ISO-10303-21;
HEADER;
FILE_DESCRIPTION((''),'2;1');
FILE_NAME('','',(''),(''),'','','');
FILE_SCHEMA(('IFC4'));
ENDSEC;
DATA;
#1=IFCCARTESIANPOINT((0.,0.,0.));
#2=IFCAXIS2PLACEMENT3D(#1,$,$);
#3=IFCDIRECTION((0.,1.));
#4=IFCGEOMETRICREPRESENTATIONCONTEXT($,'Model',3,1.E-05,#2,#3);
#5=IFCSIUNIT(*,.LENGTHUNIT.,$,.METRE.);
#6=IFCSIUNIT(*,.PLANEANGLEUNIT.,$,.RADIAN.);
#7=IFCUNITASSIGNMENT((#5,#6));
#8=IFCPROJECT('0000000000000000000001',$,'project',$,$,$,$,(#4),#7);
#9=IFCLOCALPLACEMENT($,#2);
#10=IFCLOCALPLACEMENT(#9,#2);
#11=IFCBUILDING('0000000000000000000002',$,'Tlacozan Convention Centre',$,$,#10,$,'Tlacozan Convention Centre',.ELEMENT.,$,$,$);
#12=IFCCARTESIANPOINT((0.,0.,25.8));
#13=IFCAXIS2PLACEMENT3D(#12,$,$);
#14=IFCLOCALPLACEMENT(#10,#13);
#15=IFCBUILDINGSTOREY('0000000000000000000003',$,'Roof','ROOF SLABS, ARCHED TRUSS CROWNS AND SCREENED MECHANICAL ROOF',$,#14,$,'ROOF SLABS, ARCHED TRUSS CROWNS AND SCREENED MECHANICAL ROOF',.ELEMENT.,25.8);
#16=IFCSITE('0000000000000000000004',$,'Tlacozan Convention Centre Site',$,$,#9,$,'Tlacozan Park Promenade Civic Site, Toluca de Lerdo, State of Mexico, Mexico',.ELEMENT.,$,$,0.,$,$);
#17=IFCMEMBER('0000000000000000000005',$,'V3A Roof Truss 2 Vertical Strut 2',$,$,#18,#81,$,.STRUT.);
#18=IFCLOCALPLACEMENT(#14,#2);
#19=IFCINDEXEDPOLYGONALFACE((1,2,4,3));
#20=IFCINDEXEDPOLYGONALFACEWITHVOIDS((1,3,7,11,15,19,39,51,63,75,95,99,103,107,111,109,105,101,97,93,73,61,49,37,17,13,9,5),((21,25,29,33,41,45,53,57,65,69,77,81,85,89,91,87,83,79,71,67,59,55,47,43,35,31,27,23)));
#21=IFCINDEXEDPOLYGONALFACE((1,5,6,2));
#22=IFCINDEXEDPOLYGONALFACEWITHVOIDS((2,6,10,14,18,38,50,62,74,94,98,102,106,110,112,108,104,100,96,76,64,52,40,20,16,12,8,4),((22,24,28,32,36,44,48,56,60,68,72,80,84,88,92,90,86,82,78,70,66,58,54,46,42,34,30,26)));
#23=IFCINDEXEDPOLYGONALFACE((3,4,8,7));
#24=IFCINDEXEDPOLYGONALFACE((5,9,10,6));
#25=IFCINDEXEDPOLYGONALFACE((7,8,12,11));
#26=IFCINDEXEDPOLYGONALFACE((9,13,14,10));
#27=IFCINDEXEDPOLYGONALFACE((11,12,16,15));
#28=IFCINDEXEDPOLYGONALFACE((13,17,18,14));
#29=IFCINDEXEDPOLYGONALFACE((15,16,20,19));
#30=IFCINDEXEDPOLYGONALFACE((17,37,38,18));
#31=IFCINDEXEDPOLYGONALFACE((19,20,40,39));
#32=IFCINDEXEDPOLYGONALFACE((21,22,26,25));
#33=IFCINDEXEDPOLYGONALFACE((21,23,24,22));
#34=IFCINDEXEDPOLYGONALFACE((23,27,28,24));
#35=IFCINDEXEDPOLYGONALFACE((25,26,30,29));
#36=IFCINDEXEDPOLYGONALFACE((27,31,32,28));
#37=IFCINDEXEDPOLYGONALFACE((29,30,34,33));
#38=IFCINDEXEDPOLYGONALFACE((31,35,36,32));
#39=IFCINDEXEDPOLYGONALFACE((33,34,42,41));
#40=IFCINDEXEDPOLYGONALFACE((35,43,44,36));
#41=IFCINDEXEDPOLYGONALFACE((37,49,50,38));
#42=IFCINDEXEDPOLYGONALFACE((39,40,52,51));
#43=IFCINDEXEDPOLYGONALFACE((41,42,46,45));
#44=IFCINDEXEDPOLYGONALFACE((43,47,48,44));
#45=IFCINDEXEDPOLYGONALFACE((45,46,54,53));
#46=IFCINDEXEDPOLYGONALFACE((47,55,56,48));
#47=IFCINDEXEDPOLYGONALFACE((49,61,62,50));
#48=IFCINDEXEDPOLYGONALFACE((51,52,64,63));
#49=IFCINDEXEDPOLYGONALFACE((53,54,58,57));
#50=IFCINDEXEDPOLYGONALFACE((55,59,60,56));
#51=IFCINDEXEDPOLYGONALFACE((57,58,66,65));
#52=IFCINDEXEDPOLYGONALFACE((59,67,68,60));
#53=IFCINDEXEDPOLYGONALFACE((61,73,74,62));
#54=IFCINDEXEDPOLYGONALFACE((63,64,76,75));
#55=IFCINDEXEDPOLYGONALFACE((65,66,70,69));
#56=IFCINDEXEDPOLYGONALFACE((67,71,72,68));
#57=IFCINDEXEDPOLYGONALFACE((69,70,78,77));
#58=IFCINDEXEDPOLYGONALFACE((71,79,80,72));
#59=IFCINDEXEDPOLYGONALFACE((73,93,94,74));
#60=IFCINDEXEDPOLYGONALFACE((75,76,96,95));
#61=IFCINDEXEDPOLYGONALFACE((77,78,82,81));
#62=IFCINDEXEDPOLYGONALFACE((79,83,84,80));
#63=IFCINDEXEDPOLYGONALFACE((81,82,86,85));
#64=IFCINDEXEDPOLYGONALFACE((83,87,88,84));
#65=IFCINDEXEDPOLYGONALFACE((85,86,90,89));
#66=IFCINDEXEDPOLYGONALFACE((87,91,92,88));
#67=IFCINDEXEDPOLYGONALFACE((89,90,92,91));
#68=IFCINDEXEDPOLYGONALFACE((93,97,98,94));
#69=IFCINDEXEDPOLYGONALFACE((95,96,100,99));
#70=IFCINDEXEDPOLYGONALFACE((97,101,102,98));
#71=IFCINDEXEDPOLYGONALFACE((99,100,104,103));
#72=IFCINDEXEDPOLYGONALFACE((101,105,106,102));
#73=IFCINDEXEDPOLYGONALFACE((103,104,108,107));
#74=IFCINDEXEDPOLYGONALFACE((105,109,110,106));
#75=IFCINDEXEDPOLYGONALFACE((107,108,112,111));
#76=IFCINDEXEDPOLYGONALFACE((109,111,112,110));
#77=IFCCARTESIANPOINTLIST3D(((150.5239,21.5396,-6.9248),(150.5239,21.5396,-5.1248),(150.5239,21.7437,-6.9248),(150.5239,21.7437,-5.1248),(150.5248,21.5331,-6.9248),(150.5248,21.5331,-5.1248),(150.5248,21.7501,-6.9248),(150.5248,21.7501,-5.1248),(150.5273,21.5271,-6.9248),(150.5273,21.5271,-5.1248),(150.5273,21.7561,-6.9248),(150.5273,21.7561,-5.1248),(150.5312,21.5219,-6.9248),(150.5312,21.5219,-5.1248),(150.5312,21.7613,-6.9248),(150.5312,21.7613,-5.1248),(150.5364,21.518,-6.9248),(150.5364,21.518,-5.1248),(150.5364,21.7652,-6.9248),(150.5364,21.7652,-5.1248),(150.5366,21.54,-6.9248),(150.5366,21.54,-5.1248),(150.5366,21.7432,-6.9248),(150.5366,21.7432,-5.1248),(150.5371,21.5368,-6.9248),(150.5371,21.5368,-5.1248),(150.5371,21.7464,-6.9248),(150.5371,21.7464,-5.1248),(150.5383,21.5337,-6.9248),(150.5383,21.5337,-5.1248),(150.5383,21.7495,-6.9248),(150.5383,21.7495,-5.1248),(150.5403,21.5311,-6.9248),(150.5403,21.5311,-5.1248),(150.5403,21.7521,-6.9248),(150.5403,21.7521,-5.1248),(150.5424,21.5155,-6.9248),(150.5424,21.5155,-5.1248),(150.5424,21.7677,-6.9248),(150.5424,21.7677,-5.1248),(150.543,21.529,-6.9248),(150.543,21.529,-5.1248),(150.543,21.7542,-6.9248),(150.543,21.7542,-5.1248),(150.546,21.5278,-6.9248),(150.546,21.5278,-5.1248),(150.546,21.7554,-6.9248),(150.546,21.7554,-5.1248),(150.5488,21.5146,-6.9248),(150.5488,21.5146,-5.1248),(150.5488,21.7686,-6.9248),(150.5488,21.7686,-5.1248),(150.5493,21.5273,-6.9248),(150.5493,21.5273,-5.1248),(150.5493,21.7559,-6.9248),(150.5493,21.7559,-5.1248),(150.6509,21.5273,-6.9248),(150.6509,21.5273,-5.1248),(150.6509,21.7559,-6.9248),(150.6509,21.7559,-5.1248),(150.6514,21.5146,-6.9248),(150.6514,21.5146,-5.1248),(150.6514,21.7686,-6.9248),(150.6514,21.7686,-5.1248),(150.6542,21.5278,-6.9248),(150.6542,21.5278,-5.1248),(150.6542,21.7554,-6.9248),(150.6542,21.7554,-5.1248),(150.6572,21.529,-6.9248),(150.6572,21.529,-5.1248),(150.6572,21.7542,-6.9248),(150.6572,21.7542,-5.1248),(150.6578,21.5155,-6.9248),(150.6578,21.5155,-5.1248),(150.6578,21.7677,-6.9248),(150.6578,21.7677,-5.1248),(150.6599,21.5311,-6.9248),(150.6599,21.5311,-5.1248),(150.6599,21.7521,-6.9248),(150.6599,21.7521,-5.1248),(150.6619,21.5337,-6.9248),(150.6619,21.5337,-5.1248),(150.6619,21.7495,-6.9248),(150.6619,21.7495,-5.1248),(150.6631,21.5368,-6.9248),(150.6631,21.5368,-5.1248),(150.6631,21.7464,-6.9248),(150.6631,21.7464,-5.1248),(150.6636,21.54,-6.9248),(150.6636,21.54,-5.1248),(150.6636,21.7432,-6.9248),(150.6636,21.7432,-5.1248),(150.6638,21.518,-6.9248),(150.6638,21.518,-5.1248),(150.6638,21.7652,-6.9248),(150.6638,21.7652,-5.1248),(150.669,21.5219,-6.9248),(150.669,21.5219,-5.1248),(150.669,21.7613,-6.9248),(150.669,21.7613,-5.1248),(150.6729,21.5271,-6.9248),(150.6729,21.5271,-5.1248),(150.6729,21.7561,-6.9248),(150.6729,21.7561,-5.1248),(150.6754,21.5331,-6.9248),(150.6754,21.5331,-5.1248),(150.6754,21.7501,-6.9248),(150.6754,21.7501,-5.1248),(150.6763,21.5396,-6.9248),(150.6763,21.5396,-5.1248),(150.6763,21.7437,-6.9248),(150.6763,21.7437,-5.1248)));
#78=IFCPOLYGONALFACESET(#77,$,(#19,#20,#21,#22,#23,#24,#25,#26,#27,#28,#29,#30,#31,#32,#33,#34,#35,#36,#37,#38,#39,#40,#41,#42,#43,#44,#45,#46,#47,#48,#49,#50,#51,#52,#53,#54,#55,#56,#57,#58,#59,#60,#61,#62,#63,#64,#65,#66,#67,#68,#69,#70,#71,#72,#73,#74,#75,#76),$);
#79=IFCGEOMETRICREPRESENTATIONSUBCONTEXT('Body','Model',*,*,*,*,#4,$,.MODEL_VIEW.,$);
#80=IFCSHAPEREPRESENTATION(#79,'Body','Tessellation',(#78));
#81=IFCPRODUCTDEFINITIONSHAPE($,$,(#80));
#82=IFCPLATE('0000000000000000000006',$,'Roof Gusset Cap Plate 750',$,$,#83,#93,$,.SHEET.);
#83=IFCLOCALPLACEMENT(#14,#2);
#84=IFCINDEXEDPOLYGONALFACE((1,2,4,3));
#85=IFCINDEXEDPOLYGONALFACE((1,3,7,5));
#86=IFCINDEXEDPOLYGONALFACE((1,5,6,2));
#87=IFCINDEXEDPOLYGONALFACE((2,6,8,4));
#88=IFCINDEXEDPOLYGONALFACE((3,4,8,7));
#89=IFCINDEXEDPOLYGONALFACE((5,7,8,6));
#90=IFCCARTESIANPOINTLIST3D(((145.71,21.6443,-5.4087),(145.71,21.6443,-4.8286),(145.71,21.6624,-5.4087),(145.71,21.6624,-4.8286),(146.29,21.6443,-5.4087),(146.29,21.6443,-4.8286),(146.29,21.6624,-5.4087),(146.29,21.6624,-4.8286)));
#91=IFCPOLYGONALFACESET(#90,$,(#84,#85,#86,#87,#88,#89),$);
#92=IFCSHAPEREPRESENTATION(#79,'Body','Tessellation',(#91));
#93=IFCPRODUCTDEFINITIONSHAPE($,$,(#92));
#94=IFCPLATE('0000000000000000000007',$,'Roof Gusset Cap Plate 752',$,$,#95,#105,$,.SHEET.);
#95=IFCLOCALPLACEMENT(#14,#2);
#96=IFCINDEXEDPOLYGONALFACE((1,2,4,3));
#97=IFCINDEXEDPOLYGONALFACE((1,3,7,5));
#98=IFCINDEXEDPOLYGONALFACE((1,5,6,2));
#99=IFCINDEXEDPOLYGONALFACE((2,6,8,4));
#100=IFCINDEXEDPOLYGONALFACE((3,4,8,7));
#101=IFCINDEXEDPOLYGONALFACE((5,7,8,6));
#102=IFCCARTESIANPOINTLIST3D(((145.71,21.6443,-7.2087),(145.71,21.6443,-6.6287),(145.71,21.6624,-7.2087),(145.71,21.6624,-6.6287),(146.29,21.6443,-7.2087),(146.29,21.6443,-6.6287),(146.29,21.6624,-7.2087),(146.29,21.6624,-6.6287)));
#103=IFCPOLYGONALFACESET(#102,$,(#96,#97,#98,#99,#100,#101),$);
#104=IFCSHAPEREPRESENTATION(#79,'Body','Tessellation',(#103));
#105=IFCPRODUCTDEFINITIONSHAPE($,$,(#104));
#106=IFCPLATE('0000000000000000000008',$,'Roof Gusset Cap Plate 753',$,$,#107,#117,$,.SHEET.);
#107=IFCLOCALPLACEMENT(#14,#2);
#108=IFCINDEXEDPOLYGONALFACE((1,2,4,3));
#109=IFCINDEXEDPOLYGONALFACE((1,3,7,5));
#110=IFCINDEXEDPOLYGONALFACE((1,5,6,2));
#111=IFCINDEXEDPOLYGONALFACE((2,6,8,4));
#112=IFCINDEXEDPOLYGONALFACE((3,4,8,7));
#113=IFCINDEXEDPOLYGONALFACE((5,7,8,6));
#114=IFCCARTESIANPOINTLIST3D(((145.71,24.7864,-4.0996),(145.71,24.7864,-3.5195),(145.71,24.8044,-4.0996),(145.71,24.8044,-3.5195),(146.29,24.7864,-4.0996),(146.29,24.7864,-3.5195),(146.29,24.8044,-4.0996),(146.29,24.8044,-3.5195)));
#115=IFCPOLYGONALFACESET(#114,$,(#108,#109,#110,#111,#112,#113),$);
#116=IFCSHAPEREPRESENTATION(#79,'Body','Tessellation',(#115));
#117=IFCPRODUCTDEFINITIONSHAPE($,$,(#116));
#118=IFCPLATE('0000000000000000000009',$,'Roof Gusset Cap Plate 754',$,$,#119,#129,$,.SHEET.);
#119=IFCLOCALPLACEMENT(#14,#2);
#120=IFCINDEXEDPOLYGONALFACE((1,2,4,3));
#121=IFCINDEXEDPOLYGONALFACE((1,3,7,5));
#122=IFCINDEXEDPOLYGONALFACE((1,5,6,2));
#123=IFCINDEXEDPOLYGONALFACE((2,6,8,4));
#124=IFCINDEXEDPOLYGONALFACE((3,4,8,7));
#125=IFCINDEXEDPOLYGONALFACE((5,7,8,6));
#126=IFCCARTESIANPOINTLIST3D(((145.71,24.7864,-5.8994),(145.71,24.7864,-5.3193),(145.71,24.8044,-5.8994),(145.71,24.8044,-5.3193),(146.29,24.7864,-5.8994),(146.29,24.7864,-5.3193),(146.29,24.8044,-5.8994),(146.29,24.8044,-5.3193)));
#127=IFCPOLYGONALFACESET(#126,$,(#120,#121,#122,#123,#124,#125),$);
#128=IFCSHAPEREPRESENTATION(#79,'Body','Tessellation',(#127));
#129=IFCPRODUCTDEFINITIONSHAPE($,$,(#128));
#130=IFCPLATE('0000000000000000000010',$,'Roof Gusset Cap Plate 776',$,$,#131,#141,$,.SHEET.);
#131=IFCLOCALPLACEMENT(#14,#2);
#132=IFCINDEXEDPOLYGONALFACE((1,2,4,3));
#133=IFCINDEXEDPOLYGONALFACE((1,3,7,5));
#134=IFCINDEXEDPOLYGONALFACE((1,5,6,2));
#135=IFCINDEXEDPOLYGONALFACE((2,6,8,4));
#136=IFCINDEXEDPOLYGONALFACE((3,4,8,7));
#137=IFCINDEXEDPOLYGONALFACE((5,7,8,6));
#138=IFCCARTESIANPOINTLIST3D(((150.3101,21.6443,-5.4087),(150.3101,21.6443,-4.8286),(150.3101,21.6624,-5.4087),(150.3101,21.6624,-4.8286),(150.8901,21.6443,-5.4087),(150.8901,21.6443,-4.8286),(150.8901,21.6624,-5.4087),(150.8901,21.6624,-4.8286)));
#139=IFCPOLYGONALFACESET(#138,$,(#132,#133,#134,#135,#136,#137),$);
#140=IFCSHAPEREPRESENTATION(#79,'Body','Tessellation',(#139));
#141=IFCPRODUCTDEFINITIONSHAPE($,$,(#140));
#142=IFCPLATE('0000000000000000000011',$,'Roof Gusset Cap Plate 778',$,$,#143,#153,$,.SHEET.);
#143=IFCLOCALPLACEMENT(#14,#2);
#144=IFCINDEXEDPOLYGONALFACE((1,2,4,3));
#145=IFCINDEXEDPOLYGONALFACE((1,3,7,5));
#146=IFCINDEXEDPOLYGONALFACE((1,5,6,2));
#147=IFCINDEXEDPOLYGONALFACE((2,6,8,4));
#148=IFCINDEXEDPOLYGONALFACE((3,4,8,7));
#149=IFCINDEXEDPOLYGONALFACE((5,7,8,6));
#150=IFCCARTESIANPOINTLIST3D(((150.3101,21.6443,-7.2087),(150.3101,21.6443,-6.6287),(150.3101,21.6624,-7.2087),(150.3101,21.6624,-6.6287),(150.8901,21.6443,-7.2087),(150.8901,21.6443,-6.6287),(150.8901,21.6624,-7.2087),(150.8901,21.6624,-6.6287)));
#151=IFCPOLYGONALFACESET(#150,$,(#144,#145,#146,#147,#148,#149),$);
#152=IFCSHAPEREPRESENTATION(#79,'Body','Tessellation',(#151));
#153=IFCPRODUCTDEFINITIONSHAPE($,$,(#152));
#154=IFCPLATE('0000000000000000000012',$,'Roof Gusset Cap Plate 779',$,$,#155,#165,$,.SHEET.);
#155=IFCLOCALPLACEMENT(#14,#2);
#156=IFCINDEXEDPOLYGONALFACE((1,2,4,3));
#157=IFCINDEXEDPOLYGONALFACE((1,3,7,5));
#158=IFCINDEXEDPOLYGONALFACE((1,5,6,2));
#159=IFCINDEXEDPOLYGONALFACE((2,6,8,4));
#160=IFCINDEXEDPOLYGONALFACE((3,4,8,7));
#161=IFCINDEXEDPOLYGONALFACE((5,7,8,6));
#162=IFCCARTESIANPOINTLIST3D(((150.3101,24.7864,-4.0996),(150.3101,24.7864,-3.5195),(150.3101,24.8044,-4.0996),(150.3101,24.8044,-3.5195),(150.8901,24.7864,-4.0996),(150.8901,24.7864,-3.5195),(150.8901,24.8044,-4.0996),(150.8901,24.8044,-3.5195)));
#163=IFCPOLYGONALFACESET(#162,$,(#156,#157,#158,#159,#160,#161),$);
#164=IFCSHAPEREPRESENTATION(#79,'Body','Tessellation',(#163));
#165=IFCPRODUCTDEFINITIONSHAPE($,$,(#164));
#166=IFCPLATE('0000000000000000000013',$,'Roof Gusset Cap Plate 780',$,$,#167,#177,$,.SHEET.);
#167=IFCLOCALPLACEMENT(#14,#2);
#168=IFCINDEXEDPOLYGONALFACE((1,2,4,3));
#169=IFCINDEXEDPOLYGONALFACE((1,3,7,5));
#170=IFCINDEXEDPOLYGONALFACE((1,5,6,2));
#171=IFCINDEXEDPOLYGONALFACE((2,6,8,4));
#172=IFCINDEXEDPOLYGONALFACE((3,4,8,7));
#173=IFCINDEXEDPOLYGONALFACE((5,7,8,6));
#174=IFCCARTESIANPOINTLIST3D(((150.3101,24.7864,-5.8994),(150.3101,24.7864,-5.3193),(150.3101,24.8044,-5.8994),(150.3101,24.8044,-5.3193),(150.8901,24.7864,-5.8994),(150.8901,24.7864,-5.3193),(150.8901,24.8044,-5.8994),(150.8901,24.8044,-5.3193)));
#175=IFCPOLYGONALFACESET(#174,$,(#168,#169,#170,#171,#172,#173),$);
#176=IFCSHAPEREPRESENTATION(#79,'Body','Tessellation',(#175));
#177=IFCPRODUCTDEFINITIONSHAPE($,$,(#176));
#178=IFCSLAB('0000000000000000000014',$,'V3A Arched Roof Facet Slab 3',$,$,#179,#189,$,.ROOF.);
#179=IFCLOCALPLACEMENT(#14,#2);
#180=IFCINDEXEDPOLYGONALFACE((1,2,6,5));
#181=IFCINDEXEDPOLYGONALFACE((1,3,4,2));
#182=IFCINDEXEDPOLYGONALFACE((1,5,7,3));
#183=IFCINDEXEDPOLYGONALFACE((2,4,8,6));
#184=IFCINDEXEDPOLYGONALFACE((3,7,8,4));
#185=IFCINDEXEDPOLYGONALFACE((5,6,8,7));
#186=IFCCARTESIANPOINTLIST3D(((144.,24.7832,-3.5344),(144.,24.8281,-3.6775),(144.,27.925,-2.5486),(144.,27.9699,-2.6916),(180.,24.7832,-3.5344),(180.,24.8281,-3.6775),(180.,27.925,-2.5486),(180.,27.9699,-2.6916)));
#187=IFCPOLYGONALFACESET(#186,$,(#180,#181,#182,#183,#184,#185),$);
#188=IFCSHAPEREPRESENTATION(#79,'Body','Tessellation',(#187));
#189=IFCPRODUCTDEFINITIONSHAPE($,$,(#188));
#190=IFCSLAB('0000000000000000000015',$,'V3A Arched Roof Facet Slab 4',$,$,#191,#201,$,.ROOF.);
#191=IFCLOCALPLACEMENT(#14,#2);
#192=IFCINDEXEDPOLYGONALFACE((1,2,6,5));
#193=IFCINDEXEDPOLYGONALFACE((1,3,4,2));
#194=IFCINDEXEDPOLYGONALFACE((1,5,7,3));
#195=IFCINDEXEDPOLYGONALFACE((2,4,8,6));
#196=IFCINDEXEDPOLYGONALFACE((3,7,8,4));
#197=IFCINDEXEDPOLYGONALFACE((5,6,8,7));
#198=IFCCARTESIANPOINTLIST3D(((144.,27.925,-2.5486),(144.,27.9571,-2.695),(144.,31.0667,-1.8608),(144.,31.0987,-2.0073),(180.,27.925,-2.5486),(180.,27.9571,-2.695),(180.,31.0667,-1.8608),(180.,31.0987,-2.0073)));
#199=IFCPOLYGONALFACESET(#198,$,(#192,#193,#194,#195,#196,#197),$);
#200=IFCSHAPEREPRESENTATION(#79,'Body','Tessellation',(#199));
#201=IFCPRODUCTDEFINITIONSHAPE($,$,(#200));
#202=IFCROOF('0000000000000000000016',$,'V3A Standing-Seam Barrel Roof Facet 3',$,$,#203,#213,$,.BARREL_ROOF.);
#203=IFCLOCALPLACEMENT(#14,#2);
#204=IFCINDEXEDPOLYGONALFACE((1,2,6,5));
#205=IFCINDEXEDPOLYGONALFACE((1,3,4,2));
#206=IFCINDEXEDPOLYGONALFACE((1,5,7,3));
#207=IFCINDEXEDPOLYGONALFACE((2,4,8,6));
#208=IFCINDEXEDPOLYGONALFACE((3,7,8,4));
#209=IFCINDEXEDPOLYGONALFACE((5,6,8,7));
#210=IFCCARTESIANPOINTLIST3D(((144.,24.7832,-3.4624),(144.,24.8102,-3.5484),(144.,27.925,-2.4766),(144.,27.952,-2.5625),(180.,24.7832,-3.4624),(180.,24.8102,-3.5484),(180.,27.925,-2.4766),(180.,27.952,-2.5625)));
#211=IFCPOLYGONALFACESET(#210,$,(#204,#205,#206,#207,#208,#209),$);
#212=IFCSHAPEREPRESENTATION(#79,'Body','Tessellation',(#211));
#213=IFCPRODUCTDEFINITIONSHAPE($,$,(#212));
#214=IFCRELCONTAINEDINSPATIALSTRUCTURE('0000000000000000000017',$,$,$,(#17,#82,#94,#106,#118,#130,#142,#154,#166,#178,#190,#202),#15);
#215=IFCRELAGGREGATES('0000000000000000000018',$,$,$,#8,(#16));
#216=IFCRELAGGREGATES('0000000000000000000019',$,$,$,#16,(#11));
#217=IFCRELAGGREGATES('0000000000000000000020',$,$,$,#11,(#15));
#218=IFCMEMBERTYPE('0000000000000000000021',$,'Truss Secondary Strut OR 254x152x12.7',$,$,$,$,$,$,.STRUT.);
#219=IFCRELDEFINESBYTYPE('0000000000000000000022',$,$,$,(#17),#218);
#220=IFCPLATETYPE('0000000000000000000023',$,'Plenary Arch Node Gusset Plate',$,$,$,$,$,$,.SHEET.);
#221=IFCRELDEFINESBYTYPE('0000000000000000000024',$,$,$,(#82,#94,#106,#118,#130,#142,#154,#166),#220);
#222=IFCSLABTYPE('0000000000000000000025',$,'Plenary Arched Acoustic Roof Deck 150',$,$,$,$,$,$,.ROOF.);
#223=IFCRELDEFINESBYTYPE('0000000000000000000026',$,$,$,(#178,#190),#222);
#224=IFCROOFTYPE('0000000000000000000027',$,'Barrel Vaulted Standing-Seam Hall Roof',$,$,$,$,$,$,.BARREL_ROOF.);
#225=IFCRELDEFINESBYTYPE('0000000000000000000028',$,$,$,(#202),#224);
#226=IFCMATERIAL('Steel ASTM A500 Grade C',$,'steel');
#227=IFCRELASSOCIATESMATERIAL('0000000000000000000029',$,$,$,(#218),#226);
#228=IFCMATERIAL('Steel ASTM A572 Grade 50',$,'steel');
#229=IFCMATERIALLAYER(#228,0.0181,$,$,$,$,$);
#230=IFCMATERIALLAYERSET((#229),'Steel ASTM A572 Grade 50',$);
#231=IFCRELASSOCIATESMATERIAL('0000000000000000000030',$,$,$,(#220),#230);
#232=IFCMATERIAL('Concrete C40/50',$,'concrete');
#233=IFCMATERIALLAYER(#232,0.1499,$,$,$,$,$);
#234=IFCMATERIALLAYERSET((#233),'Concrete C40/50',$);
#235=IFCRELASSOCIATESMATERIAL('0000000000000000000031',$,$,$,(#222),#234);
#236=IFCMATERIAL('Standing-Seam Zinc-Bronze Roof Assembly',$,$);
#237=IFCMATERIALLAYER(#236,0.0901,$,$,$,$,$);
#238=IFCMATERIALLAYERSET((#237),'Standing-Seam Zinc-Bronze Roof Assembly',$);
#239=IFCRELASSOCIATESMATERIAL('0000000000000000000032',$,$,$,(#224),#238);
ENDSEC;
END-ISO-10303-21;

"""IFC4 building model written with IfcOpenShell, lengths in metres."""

from ifc_helpers import new_model, si_unit, direction, frame, origin, origin_2d, place, context, subcontext, project, spatial, polyline, rectangle, hollow_rectangle, outline, extrude, material, layer, layer_set, material_profile, profile_set, type_object, element, save


model = new_model("IFC4")

# Units and contexts
model_context = context("Model", 3, precision=1e-05, world=origin(), true_north=direction((0.0, 1.0)))
body_context = subcontext(model_context, "Body", "Model", "MODEL_VIEW")
ifc_project = project(units=[si_unit("LENGTHUNIT", "METRE"), si_unit("PLANEANGLEUNIT", "RADIAN")], contexts=[model_context])

# Site, building, storey
site_placement = place(None, origin())
site = spatial("IfcSite", under=ifc_project, at=site_placement, Name="Tlacozan Convention Centre Site", LongName="Tlacozan Park Promenade Civic Site, Toluca de Lerdo, State of Mexico, Mexico", CompositionType="ELEMENT", RefElevation=0.0)
building_placement = place(site_placement, origin())
building = spatial("IfcBuilding", under=site, at=building_placement, Name="Tlacozan Convention Centre", LongName="Tlacozan Convention Centre", CompositionType="ELEMENT")
storey_placement = place(building_placement, frame((0.0, 0.0, 25.8)))
storey = spatial("IfcBuildingStorey", under=building, at=storey_placement, Name="Roof", Description="ROOF SLABS, ARCHED TRUSS CROWNS AND SCREENED MECHANICAL ROOF", LongName="ROOF SLABS, ARCHED TRUSS CROWNS AND SCREENED MECHANICAL ROOF", CompositionType="ELEMENT", Elevation=25.8)

# Member
ifc_material_1 = material(Name="Steel ASTM A500 Grade C", Category="steel")
ifc_material_profile_1 = material_profile(ifc_material_1, hollow_rectangle(XDim=0.1523, YDim=0.2539, WallThickness=0.0127, InnerFilletRadius=0.0127, OuterFilletRadius=0.0249, at=origin_2d()), Name="OR 254x152x12.7")
ifc_profile_set_1 = profile_set([ifc_material_profile_1], Name="Steel ASTM A500 Grade C")
member_type_1 = type_object("IfcMemberType", Name="Truss Secondary Strut OR 254x152x12.7", PredefinedType="STRUT", material=ifc_profile_set_1)
member_1_placement = place(storey_placement, frame((150.6001, 21.6416, -6.9248), z_axis=(0.0, 0.0, 1.0), x_axis=(1.0, 0.0, 0.0)))
element("IfcMember", 1, at=member_1_placement, inside=storey, type_object=member_type_1, Name="V3A Roof Truss 2 Vertical Strut 2", PredefinedType="STRUT", context=body_context, shape_type="SweptSolid", body=[
    extrude(hollow_rectangle(XDim=0.1523, YDim=0.2539, WallThickness=0.0127, InnerFilletRadius=0.0127, OuterFilletRadius=0.0249, at=origin_2d()), origin(), (0.0, 0.0, 1.0), 1.8),
])

# Plates
ifc_material_2 = material(Name="Steel ASTM A572 Grade 50", Category="steel")
ifc_layer_1 = layer(ifc_material_2, 0.0181)
ifc_layer_set_1 = layer_set([ifc_layer_1], Name="Steel ASTM A572 Grade 50")
plate_type = type_object("IfcPlateType", Name="Plenary Arch Node Gusset Plate", PredefinedType="SHEET", material=ifc_layer_set_1)
for number, where, z_axis, x_axis, name in (
    (2, (146.0, 21.6533, -5.4087), (0.0, 0.0, 1.0), (0.0, 1.0, 0.0), "Roof Gusset Cap Plate 750"),
    (3, (146.0, 21.6533, -7.2087), (0.0, 0.0, 1.0), (0.0, 1.0, 0.0), "Roof Gusset Cap Plate 752"),
    (4, (146.0, 24.7954, -4.0996), (0.0, 0.0, 1.0), (0.0, 1.0, 0.0), "Roof Gusset Cap Plate 753"),
    (5, (146.0, 24.7954, -5.8994), (0.0, 0.0, 1.0), (0.0, 1.0, 0.0), "Roof Gusset Cap Plate 754"),
    (6, (150.6001, 21.6533, -5.4087), (0.0, 0.0, 1.0), (0.0, 1.0, 0.0), "Roof Gusset Cap Plate 776"),
    (7, (150.6001, 21.6533, -7.2087), (0.0, 0.0, 1.0), (0.0, 1.0, 0.0), "Roof Gusset Cap Plate 778"),
    (8, (150.6001, 24.7954, -4.0996), (0.0, 0.0, 1.0), (0.0, 1.0, 0.0), "Roof Gusset Cap Plate 779"),
    (9, (150.6001, 24.7954, -5.8994), (0.0, 0.0, 1.0), (0.0, 1.0, 0.0), "Roof Gusset Cap Plate 780"),
):
    element("IfcPlate", number, at=place(storey_placement, frame(where, z_axis=z_axis, x_axis=x_axis)), inside=storey, type_object=plate_type, Name=name, PredefinedType="SHEET", context=body_context, shape_type="SweptSolid", body=[
        extrude(rectangle(XDim=0.0181, YDim=0.5801, at=origin_2d()), origin(), (0.0, 0.0, 1.0), 0.5801),
    ])

# Slabs
ifc_material_3 = material(Name="Concrete C40/50", Category="concrete")
ifc_layer_2 = layer(ifc_material_3, 0.1499)
ifc_layer_set_2 = layer_set([ifc_layer_2], Name="Concrete C40/50")
slab_type = type_object("IfcSlabType", Name="Plenary Arched Acoustic Roof Deck 150", PredefinedType="ROOF", material=ifc_layer_set_2)
slab_1_placement = place(storey_placement, frame((144.0, 24.7832, -3.5344), z_axis=(0.0, -0.299385, 0.954132), x_axis=(1.0, 0.0, 0.0)))
element("IfcSlab", 10, at=slab_1_placement, inside=storey, type_object=slab_type, Name="V3A Arched Roof Facet Slab 3", PredefinedType="ROOF", context=body_context, shape_type="SweptSolid", body=[
    extrude(outline(polyline([(0.0, 0.0), (36.0, 0.0), (36.0, 3.2929), (0.0, 3.2929), (0.0, 0.0)])), origin(), (0.0, 0.0, -1.0), 0.1499),
])
slab_2_placement = place(storey_placement, frame((144.0, 27.925, -2.5486), z_axis=(0.0, -0.213851, 0.976866), x_axis=(1.0, 0.0, 0.0)))
element("IfcSlab", 11, at=slab_2_placement, inside=storey, type_object=slab_type, Name="V3A Arched Roof Facet Slab 4", PredefinedType="ROOF", context=body_context, shape_type="SweptSolid", body=[
    extrude(outline(polyline([(0.0, 0.0), (36.0, 0.0), (36.0, 3.216), (0.0, 3.216), (0.0, 0.0)])), origin(), (0.0, 0.0, -1.0), 0.1499),
])

# Roof
ifc_material_4 = material(Name="Standing-Seam Zinc-Bronze Roof Assembly")
ifc_layer_3 = layer(ifc_material_4, 0.0901)
ifc_layer_set_3 = layer_set([ifc_layer_3], Name="Standing-Seam Zinc-Bronze Roof Assembly")
roof_type = type_object("IfcRoofType", Name="Barrel Vaulted Standing-Seam Hall Roof", PredefinedType="BARREL_ROOF", material=ifc_layer_set_3)
roof_placement = place(storey_placement, frame((144.0, 24.7832, -3.4624), z_axis=(0.0, -0.299385, 0.954132), x_axis=(1.0, 0.0, 0.0)))
element("IfcRoof", 12, at=roof_placement, inside=storey, type_object=roof_type, Name="V3A Standing-Seam Barrel Roof Facet 3", PredefinedType="BARREL_ROOF", context=body_context, shape_type="SweptSolid", body=[
    extrude(outline(polyline([(0.0, 0.0), (36.0, 0.0), (36.0, 3.2929), (0.0, 3.2929), (0.0, 0.0)])), origin(), (0.0, 0.0, -1.0), 0.0901),
])

save(model, "model.ifc")
